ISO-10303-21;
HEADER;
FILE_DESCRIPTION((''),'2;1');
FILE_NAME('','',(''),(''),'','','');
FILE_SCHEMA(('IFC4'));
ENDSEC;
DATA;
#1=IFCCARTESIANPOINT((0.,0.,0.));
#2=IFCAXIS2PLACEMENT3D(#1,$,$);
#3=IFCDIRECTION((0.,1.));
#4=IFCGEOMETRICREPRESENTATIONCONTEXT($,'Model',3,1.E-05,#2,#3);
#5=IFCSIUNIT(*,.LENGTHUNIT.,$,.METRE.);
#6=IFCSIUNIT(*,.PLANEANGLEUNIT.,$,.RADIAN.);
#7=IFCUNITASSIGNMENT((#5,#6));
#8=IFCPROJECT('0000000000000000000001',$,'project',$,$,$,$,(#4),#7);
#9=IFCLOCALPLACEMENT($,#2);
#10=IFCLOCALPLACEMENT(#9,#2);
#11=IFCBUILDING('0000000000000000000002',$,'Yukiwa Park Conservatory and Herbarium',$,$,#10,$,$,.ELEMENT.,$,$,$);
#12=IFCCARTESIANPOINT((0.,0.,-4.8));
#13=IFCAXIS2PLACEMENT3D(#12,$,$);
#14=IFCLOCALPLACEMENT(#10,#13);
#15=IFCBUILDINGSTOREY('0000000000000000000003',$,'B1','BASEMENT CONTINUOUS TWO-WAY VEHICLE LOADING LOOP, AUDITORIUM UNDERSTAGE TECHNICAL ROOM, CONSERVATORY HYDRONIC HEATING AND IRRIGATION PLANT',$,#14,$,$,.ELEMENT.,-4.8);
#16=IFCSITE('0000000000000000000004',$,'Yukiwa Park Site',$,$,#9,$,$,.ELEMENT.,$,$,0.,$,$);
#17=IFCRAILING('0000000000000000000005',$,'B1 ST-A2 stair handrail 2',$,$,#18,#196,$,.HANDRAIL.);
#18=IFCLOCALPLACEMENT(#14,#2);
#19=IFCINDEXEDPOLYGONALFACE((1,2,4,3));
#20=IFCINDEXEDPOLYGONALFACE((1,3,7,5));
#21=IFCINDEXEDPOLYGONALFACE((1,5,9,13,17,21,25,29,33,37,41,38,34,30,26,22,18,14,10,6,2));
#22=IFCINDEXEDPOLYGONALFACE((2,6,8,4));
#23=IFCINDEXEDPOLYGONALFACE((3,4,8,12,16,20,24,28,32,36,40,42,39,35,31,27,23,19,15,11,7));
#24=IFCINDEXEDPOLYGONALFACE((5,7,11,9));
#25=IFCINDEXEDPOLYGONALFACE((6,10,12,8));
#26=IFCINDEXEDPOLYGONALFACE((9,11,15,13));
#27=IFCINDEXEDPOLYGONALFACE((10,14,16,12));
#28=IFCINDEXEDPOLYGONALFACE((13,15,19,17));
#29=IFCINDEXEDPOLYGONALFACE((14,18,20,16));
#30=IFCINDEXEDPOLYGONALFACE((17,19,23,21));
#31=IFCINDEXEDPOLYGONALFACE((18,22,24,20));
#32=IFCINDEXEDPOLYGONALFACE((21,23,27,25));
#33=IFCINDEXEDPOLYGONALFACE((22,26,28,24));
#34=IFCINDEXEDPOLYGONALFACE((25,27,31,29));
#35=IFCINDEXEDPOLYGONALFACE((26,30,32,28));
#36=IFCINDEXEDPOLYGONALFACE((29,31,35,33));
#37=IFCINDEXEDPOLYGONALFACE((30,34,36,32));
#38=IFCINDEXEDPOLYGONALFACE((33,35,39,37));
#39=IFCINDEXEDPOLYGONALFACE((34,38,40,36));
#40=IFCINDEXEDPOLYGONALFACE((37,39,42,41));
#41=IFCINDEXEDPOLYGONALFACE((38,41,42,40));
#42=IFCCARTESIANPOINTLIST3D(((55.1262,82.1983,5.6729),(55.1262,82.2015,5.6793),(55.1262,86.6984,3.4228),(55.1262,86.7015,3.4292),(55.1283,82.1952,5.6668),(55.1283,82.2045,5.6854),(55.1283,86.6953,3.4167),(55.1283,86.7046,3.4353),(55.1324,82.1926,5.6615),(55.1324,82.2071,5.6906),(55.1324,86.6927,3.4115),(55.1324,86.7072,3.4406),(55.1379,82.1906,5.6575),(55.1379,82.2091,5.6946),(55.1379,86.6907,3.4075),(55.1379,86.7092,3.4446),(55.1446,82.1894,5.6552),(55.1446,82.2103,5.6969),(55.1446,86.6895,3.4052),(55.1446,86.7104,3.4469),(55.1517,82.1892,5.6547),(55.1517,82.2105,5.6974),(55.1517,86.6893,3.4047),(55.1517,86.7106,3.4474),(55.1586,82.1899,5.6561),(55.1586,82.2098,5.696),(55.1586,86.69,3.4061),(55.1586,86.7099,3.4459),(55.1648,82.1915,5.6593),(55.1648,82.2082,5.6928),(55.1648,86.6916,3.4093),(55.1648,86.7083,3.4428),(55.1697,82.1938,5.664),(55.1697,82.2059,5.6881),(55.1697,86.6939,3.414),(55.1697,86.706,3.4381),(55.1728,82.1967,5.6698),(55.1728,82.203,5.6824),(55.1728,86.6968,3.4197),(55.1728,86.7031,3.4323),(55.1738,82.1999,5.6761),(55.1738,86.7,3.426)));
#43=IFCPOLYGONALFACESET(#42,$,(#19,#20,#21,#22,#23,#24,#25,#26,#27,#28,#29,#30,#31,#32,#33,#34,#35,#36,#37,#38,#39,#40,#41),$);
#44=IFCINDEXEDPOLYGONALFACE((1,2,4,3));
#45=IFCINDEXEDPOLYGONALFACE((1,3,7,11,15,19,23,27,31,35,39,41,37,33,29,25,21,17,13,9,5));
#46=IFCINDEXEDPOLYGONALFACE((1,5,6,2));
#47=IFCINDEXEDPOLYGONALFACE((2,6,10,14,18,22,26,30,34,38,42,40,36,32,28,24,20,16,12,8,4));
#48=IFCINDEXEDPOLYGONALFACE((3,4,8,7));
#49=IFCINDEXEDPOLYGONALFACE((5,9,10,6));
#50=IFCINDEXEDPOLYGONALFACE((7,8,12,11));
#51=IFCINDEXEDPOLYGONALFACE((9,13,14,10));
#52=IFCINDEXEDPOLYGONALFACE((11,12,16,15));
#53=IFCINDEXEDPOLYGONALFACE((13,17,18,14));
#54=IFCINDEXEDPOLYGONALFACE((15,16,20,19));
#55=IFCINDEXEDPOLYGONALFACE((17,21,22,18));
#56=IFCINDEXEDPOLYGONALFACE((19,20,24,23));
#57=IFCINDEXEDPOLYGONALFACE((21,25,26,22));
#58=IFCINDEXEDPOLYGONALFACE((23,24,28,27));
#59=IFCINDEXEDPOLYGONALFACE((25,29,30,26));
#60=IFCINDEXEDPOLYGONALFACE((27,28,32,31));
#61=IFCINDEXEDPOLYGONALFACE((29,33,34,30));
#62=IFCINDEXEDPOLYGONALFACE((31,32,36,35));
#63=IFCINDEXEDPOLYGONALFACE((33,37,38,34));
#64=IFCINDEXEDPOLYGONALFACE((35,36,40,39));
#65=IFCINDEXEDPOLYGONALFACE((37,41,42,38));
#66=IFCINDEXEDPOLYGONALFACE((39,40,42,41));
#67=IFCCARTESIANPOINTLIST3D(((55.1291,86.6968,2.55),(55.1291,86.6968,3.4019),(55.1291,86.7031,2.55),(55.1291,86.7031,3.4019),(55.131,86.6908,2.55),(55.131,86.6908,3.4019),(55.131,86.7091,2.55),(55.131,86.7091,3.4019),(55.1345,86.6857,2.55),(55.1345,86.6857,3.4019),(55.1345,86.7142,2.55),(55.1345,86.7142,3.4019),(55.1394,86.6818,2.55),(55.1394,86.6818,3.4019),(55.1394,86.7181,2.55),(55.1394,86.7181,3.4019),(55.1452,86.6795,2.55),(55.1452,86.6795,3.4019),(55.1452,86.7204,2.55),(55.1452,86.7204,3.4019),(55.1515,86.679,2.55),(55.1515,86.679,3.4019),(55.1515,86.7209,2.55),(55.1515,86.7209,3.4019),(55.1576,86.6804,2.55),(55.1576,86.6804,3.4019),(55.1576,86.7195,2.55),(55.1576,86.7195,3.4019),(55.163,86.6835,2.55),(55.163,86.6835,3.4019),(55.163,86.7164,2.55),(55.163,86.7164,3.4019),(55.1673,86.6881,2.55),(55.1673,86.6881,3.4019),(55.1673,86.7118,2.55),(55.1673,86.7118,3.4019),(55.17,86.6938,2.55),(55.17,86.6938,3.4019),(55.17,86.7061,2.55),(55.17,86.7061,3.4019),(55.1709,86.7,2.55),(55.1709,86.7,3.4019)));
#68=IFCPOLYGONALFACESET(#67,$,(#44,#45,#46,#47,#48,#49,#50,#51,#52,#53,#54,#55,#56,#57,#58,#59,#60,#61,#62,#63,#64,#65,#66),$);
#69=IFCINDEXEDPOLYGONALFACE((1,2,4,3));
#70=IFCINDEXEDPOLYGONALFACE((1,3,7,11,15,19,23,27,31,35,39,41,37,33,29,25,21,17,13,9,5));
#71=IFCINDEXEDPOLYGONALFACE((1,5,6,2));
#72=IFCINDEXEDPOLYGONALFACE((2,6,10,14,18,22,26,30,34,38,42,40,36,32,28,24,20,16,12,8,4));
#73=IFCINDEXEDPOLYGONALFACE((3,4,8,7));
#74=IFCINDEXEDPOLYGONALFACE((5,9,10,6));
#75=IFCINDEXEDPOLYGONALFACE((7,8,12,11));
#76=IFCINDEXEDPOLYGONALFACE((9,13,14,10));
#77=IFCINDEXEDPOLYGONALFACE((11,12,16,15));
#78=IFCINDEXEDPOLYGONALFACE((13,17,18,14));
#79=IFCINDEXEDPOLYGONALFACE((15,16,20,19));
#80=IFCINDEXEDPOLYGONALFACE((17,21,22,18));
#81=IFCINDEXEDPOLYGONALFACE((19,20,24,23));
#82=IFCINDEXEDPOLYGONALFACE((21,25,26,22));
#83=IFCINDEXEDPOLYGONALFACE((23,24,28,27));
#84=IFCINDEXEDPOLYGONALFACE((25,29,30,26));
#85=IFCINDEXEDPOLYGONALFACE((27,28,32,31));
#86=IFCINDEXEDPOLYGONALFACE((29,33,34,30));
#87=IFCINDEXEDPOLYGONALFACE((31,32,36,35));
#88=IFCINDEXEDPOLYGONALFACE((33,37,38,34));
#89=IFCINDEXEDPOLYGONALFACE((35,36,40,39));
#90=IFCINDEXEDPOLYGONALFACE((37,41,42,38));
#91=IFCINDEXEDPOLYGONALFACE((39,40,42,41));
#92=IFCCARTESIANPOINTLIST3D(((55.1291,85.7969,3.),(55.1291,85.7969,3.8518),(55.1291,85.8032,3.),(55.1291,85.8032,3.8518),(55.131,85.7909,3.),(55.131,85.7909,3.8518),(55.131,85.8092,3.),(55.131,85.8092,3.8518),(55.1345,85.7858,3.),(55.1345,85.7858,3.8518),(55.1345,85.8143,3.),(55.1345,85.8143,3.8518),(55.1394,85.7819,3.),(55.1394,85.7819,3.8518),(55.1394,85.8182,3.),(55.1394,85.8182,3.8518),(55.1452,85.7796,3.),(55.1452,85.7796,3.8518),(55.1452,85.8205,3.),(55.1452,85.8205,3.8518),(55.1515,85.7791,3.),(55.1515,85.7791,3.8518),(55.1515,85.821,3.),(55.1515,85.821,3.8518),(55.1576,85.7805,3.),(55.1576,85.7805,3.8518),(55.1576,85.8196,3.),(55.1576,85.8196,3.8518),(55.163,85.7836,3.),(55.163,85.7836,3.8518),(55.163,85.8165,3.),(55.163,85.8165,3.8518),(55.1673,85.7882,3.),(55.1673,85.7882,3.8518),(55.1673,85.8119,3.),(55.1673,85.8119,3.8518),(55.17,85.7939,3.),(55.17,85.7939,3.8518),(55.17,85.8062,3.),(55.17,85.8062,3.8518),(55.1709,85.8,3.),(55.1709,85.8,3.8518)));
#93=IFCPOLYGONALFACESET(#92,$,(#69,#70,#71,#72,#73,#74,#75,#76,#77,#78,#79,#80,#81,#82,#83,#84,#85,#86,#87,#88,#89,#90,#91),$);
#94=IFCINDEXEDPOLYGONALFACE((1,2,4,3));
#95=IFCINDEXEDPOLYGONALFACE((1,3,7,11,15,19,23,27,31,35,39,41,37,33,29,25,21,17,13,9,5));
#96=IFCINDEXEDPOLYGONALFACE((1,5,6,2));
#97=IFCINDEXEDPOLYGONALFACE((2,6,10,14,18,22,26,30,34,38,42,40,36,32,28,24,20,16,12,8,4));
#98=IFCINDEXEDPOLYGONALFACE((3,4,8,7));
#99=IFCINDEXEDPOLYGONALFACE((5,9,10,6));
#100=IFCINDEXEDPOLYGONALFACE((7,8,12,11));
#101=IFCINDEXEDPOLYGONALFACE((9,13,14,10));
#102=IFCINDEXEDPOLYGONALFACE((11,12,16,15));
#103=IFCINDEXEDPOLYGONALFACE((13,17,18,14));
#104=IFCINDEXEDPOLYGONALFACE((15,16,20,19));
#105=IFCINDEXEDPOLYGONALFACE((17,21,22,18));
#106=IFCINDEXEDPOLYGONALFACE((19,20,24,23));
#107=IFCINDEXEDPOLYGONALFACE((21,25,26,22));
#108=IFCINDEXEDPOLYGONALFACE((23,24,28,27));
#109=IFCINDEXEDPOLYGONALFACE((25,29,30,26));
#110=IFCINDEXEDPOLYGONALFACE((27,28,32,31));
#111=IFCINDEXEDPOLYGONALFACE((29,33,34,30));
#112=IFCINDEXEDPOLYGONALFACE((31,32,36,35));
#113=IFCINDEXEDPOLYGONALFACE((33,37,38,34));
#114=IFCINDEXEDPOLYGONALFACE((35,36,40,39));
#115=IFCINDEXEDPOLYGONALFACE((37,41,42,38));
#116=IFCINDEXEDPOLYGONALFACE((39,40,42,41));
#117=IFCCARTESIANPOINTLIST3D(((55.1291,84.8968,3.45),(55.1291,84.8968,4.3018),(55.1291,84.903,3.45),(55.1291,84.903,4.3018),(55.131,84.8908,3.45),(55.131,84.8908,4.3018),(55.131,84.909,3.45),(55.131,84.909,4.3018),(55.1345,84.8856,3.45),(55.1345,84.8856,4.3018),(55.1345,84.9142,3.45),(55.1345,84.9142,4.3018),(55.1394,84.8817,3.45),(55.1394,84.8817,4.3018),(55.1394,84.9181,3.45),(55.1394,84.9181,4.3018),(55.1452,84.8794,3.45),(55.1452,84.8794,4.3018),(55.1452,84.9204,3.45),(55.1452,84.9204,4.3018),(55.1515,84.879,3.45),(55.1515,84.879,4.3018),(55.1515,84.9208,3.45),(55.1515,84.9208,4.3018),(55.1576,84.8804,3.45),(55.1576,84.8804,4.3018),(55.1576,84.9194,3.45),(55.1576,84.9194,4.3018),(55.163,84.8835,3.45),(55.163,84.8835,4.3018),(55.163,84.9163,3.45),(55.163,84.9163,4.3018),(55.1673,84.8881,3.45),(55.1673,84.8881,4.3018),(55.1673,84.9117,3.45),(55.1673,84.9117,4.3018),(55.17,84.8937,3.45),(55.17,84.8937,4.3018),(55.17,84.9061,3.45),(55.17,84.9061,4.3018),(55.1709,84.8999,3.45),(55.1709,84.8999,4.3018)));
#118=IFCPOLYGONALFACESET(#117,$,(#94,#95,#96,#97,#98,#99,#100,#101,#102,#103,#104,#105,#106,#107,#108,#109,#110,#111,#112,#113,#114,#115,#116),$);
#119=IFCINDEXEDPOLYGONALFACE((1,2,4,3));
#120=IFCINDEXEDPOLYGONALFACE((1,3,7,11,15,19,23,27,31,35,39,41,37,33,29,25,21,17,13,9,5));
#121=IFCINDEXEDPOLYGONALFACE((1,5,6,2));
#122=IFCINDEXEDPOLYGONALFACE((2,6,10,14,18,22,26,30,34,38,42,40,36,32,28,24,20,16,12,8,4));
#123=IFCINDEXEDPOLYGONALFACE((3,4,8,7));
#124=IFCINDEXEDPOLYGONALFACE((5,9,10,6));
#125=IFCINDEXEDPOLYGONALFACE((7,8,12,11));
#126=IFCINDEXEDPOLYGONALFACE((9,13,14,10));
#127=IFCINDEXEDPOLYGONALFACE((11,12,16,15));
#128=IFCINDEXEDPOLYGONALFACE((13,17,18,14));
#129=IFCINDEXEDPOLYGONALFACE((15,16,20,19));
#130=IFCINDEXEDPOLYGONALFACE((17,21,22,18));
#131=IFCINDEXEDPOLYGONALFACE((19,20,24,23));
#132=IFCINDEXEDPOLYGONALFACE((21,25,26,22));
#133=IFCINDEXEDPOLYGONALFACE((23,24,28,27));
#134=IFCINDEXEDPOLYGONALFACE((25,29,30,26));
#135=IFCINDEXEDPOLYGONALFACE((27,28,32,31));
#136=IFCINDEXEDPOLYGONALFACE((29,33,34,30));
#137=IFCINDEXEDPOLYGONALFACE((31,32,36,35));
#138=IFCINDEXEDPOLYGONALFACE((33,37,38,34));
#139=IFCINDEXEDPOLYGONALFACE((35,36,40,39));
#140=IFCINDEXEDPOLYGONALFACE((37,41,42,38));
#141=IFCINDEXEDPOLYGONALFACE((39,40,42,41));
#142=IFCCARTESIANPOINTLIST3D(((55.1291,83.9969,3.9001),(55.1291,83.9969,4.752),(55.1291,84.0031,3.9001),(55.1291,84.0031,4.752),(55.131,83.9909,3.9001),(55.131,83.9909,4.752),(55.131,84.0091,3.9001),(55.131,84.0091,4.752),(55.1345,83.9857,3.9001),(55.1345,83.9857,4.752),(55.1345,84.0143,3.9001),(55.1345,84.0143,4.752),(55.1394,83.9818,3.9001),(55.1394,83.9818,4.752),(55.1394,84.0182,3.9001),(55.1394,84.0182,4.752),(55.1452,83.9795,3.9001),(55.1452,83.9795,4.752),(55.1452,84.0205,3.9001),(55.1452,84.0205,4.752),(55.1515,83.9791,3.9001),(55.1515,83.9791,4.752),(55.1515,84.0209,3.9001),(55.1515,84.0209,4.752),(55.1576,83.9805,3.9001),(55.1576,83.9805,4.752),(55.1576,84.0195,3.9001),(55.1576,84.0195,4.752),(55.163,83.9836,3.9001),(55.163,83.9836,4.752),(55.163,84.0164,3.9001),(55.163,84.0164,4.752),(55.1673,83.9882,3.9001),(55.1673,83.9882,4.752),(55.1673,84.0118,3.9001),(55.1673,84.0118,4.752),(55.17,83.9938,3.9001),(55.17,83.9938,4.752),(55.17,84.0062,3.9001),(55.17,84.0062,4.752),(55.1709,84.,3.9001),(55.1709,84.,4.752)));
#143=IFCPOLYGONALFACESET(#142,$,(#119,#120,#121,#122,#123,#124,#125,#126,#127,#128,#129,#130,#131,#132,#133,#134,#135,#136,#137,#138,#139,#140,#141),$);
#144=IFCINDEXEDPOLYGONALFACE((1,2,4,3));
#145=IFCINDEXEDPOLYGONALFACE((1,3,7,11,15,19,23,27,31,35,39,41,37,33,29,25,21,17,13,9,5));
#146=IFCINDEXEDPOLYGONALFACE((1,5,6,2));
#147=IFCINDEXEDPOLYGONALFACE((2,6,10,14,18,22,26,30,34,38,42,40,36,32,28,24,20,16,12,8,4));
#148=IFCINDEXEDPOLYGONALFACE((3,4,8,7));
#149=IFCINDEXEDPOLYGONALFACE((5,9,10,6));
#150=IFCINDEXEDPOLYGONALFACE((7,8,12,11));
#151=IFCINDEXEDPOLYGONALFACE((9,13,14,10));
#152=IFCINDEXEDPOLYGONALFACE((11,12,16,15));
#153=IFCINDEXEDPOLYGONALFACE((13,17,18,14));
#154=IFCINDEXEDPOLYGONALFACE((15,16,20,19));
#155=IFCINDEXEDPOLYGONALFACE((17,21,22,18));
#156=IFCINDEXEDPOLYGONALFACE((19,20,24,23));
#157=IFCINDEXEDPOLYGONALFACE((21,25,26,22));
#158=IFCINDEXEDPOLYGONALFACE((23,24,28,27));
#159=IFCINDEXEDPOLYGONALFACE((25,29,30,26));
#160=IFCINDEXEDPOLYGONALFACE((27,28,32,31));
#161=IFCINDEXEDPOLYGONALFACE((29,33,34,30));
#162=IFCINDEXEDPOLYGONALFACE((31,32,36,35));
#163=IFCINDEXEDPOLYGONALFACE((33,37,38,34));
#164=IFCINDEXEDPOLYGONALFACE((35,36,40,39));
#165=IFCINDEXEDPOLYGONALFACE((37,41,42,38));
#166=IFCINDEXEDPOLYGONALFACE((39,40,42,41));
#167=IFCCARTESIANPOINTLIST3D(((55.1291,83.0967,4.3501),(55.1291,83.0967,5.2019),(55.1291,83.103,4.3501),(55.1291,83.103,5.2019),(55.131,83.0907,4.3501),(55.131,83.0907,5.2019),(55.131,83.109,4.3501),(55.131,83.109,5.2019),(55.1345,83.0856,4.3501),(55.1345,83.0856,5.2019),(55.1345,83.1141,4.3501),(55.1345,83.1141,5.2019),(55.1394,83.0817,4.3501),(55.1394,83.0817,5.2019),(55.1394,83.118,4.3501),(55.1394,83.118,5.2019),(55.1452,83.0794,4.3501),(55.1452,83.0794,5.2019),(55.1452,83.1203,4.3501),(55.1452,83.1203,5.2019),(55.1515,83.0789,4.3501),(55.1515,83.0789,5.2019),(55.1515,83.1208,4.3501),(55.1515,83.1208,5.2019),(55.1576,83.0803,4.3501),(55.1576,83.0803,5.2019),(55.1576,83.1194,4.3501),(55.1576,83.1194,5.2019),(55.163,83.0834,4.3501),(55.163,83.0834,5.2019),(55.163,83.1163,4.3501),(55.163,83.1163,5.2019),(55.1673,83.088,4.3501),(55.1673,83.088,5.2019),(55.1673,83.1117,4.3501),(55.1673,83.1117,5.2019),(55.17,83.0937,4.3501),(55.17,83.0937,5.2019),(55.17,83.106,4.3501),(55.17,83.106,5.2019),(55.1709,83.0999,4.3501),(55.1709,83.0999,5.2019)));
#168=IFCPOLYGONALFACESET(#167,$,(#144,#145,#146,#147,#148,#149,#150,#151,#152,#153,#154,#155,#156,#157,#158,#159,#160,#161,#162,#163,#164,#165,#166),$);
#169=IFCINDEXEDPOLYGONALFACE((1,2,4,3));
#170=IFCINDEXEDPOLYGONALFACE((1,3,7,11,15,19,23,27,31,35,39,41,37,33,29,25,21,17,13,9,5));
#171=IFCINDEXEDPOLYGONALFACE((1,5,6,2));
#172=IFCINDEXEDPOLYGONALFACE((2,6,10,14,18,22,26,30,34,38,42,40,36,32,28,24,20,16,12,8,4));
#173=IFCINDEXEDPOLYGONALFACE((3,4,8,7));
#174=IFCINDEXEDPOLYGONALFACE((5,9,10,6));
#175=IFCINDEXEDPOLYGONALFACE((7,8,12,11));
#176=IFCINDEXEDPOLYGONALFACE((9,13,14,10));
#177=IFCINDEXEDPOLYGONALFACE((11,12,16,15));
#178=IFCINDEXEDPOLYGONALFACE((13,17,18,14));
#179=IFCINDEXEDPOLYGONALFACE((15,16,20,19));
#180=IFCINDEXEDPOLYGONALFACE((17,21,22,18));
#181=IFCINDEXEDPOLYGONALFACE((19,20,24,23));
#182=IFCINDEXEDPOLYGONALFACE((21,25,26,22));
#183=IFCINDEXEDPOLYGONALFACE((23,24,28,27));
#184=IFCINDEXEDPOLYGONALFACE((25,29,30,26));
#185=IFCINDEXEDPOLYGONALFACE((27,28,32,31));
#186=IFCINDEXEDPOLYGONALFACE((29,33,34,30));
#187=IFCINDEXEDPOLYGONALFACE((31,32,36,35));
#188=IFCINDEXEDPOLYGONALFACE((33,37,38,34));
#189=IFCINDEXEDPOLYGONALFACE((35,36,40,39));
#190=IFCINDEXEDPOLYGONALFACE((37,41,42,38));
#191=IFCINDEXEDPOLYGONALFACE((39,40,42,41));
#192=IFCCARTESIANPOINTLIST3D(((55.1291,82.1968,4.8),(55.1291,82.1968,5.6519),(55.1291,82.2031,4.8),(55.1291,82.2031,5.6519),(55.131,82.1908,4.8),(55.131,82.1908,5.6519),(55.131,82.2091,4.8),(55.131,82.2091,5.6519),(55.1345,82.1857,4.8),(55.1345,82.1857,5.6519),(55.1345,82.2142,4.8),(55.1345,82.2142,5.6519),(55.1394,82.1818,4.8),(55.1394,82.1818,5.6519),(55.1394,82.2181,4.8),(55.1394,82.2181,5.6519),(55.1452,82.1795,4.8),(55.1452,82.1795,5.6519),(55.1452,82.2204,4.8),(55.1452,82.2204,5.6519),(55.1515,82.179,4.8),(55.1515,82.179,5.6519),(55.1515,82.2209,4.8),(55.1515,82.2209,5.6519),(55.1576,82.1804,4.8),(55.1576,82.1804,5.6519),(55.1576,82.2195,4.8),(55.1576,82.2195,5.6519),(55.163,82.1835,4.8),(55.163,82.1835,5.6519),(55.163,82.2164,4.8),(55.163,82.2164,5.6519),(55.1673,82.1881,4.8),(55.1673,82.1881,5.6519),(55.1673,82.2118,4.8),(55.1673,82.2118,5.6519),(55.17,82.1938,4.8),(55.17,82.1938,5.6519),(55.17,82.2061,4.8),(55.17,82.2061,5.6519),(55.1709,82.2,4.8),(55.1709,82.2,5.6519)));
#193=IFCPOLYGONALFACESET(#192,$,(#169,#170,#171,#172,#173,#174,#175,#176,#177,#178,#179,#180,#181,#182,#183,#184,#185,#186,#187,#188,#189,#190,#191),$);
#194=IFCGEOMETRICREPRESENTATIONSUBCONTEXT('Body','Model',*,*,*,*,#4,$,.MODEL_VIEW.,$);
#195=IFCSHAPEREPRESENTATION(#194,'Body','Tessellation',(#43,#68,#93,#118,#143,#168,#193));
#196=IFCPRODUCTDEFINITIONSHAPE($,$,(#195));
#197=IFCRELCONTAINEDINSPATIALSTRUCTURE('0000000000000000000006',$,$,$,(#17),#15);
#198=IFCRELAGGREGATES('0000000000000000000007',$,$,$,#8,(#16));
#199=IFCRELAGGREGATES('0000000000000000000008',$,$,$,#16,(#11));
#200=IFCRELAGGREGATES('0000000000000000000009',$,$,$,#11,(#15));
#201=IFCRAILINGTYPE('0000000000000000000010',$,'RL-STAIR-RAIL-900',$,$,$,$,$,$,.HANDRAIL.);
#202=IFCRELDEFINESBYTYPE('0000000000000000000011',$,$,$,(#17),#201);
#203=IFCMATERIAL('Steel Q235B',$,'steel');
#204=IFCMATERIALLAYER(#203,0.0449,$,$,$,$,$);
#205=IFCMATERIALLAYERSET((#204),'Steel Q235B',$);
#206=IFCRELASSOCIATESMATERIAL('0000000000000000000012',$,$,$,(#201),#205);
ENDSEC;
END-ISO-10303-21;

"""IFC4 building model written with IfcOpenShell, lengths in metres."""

from ifc_helpers import new_model, si_unit, direction, frame, origin, origin_2d, place, context, subcontext, project, spatial, circle, extrude, material, layer, layer_set, type_object, element, save


model = new_model("IFC4")

# Units and contexts
model_context = context("Model", 3, precision=1e-05, world=origin(), true_north=direction((0.0, 1.0)))
body_context = subcontext(model_context, "Body", "Model", "MODEL_VIEW")
ifc_project = project(units=[si_unit("LENGTHUNIT", "METRE"), si_unit("PLANEANGLEUNIT", "RADIAN")], contexts=[model_context])

# Site, building, storey
site_placement = place(None, origin())
site = spatial("IfcSite", under=ifc_project, at=site_placement, Name="Yukiwa Park Site", CompositionType="ELEMENT", RefElevation=0.0)
building_placement = place(site_placement, origin())
building = spatial("IfcBuilding", under=site, at=building_placement, Name="Yukiwa Park Conservatory and Herbarium", CompositionType="ELEMENT")
storey_placement = place(building_placement, frame((0.0, 0.0, -4.8)))
storey = spatial("IfcBuildingStorey", under=building, at=storey_placement, Name="B1", Description="BASEMENT CONTINUOUS TWO-WAY VEHICLE LOADING LOOP, AUDITORIUM UNDERSTAGE TECHNICAL ROOM, CONSERVATORY HYDRONIC HEATING AND IRRIGATION PLANT", CompositionType="ELEMENT", Elevation=-4.8)

# Railing
ifc_material_1 = material(Name="Steel Q235B", Category="steel")
ifc_layer_1 = layer(ifc_material_1, 0.0449)
ifc_layer_set_1 = layer_set([ifc_layer_1], Name="Steel Q235B")
railing_type_1 = type_object("IfcRailingType", Name="RL-STAIR-RAIL-900", PredefinedType="HANDRAIL", material=ifc_layer_set_1)
railing_1_placement = place(storey_placement, frame((55.1499, 86.7, 2.55)))
element("IfcRailing", 1, at=railing_1_placement, inside=storey, type_object=railing_type_1, Name="B1 ST-A2 stair handrail 2", PredefinedType="HANDRAIL", context=body_context, shape_type="SweptSolid", body=[
    extrude(circle(Radius=0.0239, at=origin_2d()), frame((0.0, 0.0, 0.876), z_axis=(0.0, -0.894427, 0.447214), x_axis=(1.0, 0.0, 0.0)), (0.0, 0.0, 1.0), 5.0312),
    extrude(circle(Radius=0.021, at=origin_2d()), origin(), (0.0, 0.0, 1.0), 0.8518),
    extrude(circle(Radius=0.021, at=origin_2d()), frame((0.0, -0.8999, 0.45)), (0.0, 0.0, 1.0), 0.8518),
    extrude(circle(Radius=0.021, at=origin_2d()), frame((0.0, -1.8, 0.8999)), (0.0, 0.0, 1.0), 0.8518),
    extrude(circle(Radius=0.021, at=origin_2d()), frame((0.0, -2.7, 1.3501)), (0.0, 0.0, 1.0), 0.8518),
    extrude(circle(Radius=0.021, at=origin_2d()), frame((0.0, -3.6001, 1.8)), (0.0, 0.0, 1.0), 0.8518),
    extrude(circle(Radius=0.021, at=origin_2d()), frame((0.0, -4.5, 2.25)), (0.0, 0.0, 1.0), 0.8518),
])

save(model, "model.ifc")
